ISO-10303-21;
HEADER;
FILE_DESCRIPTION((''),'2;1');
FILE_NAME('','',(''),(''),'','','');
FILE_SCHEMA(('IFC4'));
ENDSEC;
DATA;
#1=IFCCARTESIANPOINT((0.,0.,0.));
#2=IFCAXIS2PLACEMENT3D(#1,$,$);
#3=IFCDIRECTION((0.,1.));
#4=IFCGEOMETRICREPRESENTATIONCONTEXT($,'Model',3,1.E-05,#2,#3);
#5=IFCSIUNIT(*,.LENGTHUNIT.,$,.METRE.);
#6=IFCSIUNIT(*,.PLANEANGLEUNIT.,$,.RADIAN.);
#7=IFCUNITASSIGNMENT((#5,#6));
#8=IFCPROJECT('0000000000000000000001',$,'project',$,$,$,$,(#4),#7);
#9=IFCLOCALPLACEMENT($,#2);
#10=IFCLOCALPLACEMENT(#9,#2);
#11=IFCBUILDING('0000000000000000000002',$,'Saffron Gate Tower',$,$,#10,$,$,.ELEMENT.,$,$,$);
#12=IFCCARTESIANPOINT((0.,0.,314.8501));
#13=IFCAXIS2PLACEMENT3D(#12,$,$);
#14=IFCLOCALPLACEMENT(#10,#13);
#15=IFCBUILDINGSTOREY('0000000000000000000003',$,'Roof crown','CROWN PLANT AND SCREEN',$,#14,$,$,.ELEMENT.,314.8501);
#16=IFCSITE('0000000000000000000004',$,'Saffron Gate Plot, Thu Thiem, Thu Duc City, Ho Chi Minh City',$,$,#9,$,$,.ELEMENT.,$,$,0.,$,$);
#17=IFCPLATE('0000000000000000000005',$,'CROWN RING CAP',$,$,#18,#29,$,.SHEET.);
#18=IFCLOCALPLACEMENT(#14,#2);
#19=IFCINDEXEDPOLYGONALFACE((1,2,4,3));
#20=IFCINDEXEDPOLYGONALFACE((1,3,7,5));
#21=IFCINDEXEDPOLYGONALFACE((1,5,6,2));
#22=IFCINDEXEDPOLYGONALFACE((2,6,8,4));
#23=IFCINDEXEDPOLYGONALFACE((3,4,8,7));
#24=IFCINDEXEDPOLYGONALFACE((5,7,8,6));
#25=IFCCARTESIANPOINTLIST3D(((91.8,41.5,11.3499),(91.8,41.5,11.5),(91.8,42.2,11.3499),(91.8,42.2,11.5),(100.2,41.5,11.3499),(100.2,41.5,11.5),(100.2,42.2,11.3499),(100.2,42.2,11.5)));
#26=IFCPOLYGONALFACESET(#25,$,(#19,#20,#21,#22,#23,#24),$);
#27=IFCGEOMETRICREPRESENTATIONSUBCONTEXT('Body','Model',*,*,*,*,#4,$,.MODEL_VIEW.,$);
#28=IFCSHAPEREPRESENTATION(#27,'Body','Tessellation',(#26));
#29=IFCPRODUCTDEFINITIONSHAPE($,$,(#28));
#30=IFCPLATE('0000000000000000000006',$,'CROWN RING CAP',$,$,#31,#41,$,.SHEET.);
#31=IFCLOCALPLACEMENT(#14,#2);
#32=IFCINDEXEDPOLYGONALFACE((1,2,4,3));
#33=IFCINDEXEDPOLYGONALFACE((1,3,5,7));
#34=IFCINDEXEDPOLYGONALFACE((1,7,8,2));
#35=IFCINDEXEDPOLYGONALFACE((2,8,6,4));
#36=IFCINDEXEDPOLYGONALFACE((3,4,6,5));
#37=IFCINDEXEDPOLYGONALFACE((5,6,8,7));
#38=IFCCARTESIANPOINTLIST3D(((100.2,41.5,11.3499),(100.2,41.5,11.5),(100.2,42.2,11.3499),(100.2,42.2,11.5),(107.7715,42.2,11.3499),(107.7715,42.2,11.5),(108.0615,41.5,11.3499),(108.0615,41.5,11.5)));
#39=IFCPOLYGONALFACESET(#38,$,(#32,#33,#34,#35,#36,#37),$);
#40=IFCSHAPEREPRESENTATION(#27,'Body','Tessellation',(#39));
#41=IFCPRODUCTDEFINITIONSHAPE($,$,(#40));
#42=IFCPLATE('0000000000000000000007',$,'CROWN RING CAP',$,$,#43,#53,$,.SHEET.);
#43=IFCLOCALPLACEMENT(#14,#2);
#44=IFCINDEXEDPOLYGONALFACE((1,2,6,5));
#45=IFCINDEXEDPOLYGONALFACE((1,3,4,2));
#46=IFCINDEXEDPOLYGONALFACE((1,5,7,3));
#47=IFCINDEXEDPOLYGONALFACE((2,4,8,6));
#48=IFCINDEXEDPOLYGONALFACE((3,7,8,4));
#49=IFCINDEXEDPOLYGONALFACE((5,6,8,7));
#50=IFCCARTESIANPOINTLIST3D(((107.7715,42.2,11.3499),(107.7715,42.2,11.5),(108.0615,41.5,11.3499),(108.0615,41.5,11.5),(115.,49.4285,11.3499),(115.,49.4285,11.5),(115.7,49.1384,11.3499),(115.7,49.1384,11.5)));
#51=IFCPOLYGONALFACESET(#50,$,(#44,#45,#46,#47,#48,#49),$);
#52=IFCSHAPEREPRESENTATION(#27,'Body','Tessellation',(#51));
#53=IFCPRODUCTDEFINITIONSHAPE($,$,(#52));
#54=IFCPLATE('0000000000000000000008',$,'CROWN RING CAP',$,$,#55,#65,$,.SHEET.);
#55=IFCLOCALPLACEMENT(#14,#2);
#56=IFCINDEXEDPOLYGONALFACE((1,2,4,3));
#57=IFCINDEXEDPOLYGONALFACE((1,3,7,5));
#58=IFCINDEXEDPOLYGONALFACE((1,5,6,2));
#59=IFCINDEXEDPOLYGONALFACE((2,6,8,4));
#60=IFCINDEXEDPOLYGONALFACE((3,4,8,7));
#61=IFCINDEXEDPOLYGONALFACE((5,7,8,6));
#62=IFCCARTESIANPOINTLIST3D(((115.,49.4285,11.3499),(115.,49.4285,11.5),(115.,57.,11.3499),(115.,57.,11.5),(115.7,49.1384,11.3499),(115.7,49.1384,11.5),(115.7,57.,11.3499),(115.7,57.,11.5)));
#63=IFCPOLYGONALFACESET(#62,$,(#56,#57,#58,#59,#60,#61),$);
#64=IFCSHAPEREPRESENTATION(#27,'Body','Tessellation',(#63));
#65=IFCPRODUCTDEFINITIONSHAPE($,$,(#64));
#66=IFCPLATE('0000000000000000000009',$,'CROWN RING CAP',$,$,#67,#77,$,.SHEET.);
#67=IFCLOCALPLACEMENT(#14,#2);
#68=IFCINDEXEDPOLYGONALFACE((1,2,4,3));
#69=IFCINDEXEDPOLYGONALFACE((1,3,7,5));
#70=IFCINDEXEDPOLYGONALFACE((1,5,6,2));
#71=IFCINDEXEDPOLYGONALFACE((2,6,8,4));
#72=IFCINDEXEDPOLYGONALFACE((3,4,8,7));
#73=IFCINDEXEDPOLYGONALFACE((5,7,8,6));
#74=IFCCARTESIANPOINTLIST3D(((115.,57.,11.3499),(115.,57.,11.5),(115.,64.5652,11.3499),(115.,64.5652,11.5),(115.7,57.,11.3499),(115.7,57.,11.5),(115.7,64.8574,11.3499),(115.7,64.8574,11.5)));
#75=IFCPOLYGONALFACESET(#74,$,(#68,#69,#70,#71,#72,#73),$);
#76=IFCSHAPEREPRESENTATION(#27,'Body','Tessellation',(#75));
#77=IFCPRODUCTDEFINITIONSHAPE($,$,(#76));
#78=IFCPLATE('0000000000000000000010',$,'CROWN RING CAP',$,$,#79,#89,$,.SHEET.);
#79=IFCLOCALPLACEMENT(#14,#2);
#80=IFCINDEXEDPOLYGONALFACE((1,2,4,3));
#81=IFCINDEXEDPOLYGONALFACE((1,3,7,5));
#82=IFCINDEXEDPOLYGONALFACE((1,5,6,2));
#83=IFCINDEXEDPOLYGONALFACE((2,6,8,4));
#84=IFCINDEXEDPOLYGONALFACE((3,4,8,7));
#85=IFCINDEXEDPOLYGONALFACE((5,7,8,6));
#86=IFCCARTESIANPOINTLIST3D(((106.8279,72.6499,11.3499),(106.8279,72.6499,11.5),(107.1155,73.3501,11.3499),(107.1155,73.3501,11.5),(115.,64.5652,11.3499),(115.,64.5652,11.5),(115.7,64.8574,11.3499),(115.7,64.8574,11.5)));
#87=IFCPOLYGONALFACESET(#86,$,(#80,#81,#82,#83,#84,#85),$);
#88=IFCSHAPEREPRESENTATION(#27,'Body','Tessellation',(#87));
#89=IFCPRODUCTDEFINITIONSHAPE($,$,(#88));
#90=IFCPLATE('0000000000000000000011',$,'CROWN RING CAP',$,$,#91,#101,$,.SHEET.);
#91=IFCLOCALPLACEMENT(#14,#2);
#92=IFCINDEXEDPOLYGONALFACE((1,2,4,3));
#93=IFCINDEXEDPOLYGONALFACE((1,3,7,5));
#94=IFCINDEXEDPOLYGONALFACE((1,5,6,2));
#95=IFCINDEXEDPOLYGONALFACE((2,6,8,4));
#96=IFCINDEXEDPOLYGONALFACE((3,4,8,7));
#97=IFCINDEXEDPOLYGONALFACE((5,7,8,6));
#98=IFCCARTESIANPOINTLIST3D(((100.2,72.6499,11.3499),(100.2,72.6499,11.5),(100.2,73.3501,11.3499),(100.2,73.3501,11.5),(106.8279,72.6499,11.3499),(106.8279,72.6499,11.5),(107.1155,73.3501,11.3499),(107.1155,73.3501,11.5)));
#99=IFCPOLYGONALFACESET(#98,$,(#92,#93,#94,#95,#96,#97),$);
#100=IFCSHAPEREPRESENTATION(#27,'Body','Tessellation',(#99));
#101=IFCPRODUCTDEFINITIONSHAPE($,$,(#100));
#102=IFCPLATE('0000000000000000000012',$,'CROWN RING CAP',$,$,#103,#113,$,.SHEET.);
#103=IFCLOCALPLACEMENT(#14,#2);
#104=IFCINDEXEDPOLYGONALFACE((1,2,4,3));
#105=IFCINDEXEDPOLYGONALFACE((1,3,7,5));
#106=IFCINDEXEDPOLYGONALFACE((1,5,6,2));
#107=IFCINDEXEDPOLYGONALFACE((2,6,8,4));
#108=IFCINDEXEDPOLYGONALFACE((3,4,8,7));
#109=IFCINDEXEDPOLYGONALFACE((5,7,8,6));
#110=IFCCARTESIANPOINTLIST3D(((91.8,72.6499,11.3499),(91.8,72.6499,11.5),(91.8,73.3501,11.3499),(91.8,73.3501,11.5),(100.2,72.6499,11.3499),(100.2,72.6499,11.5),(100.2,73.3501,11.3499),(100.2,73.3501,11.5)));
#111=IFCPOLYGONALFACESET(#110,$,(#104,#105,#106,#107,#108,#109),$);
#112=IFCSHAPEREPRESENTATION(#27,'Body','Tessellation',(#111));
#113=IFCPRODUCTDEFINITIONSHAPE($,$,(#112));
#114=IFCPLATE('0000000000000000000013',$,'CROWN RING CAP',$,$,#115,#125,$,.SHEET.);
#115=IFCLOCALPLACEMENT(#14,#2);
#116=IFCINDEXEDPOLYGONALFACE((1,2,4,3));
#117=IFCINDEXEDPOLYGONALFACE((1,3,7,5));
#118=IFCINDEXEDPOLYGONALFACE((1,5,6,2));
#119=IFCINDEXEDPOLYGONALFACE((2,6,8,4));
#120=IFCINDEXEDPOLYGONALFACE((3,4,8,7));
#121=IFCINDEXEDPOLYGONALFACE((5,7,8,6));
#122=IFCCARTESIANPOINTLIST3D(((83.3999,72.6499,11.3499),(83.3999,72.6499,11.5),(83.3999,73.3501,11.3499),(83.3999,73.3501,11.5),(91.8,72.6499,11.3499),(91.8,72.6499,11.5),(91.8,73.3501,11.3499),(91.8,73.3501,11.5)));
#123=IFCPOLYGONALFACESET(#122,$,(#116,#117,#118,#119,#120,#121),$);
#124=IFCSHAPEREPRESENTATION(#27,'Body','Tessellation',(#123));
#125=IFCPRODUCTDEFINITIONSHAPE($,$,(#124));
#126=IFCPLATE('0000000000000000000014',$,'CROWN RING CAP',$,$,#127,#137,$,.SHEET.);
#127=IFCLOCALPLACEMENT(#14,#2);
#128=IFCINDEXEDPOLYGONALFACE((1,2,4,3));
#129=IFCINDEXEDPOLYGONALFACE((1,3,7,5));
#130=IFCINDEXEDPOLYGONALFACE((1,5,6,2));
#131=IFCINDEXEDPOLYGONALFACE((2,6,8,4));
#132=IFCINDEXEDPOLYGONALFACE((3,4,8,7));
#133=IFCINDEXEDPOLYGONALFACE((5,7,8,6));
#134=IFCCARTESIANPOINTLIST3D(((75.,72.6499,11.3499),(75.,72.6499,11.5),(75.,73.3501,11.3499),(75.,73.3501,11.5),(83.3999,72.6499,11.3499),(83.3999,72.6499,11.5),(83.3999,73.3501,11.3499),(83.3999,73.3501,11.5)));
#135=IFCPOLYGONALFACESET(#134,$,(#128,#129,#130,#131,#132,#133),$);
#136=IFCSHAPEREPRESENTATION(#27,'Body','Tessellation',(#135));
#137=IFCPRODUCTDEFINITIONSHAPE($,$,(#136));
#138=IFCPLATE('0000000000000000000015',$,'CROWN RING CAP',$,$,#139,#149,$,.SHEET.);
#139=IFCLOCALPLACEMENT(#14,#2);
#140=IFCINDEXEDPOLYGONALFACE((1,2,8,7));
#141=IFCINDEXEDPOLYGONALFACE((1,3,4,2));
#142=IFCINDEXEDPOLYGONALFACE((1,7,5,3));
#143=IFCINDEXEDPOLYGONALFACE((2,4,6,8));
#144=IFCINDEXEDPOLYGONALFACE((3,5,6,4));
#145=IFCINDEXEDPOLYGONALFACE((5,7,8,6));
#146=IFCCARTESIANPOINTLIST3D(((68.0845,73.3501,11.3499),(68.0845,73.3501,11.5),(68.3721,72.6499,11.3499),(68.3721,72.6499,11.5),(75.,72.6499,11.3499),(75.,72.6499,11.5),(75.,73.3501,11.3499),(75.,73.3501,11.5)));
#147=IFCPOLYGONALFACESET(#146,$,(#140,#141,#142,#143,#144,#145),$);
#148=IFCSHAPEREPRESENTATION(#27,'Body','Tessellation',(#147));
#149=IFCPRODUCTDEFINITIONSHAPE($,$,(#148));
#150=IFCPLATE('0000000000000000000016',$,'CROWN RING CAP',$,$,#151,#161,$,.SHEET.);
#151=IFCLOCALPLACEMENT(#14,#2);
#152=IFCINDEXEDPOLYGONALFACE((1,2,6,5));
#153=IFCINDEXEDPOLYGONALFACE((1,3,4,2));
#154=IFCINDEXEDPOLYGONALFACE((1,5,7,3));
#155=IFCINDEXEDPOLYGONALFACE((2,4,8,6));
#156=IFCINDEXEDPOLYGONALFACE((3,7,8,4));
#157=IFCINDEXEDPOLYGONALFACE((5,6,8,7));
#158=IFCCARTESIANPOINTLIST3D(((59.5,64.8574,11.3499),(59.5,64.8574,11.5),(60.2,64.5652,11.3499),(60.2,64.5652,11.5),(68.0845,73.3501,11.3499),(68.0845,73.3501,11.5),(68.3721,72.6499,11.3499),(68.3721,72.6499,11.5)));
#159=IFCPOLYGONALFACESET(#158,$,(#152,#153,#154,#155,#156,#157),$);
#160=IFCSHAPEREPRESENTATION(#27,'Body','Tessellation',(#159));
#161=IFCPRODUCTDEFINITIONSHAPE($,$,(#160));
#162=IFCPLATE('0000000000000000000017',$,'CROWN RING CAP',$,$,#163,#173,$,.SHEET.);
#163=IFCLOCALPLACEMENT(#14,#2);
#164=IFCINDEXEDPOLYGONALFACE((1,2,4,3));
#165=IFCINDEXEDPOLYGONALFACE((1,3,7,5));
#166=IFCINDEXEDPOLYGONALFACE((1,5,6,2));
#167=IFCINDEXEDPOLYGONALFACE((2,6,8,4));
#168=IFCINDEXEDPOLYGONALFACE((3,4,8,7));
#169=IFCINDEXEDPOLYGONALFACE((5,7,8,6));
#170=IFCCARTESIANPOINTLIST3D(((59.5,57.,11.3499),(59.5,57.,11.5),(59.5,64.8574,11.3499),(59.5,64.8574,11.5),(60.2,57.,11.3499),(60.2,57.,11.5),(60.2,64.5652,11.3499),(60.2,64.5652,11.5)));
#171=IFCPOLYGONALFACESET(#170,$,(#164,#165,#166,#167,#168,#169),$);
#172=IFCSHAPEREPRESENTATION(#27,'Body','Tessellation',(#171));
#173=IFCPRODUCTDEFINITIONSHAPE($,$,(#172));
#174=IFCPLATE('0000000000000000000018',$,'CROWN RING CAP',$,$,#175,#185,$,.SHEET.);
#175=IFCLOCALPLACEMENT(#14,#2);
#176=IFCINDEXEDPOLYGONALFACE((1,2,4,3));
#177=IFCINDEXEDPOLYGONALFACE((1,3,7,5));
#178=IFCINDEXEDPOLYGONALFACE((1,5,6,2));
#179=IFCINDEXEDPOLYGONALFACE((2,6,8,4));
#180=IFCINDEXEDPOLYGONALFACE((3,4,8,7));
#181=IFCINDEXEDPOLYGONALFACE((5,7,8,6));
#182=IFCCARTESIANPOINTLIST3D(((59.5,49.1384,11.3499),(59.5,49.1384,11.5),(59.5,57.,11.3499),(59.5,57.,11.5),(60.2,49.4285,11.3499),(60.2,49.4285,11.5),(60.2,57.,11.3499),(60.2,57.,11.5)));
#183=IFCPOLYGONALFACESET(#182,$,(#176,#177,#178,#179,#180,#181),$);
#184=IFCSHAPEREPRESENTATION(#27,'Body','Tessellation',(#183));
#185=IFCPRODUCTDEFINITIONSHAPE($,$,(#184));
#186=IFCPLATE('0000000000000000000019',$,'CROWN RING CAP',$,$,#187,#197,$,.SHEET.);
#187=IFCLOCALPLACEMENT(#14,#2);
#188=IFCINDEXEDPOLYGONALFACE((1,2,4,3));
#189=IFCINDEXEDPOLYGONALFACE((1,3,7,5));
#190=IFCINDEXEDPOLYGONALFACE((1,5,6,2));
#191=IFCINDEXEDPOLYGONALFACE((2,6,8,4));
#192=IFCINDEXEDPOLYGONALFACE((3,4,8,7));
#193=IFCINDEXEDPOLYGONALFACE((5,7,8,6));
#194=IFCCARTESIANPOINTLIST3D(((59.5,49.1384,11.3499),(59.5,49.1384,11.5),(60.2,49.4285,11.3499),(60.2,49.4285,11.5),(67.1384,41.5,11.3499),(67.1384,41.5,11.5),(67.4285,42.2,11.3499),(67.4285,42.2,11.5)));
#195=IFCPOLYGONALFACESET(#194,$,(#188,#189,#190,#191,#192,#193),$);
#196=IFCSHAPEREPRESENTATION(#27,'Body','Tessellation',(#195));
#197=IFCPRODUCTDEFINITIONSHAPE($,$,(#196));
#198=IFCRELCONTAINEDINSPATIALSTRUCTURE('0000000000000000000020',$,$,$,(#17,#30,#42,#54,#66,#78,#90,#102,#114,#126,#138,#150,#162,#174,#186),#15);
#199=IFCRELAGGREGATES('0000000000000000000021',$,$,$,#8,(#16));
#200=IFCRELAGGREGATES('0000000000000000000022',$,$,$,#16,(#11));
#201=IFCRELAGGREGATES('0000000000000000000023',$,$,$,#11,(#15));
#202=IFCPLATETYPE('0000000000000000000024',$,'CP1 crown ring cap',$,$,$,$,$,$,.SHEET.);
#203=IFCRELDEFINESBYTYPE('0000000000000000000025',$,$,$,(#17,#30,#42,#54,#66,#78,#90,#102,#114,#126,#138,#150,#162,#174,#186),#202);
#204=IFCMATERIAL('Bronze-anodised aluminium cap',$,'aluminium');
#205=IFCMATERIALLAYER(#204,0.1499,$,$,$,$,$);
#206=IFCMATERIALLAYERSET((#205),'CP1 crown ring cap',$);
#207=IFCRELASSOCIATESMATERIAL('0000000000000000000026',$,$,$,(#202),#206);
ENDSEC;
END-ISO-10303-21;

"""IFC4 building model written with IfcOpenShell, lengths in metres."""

from ifc_helpers import new_model, si_unit, direction, frame, origin, place, context, subcontext, project, spatial, polyline, outline, extrude, material, layer, layer_set, type_object, element, save


model = new_model("IFC4")

# Units and contexts
model_context = context("Model", 3, precision=1e-05, world=origin(), true_north=direction((0.0, 1.0)))
body_context = subcontext(model_context, "Body", "Model", "MODEL_VIEW")
ifc_project = project(units=[si_unit("LENGTHUNIT", "METRE"), si_unit("PLANEANGLEUNIT", "RADIAN")], contexts=[model_context])

# Site, building, storey
site_placement = place(None, origin())
site = spatial("IfcSite", under=ifc_project, at=site_placement, Name="Saffron Gate Plot, Thu Thiem, Thu Duc City, Ho Chi Minh City", CompositionType="ELEMENT", RefElevation=0.0)
building_placement = place(site_placement, origin())
building = spatial("IfcBuilding", under=site, at=building_placement, Name="Saffron Gate Tower", CompositionType="ELEMENT")
storey_placement = place(building_placement, frame((0.0, 0.0, 314.8501)))
storey = spatial("IfcBuildingStorey", under=building, at=storey_placement, Name="Roof crown", Description="CROWN PLANT AND SCREEN", CompositionType="ELEMENT", Elevation=314.8501)

# Plates
ifc_material_1 = material(Name="Bronze-anodised aluminium cap", Category="aluminium")
ifc_layer_1 = layer(ifc_material_1, 0.1499)
ifc_layer_set_1 = layer_set([ifc_layer_1], Name="CP1 crown ring cap")
plate_type_1 = type_object("IfcPlateType", Name="CP1 crown ring cap", PredefinedType="SHEET", material=ifc_layer_set_1)
plate_1_placement = place(storey_placement, frame((0.0, 0.0, 11.3499)))
element("IfcPlate", 1, at=plate_1_placement, inside=storey, type_object=plate_type_1, Name="CROWN RING CAP", PredefinedType="SHEET", context=body_context, shape_type="SweptSolid", body=[
    extrude(outline(polyline([(91.8, 42.2), (100.2, 42.2), (100.2, 41.5), (91.8, 41.5), (91.8, 42.2)])), origin(), (0.0, 0.0, 1.0), 0.1501),
])
plate_2_placement = place(storey_placement, frame((0.0, 0.0, 11.3499)))
element("IfcPlate", 2, at=plate_2_placement, inside=storey, type_object=plate_type_1, Name="CROWN RING CAP", PredefinedType="SHEET", context=body_context, shape_type="SweptSolid", body=[
    extrude(outline(polyline([(100.2, 42.2), (107.7715, 42.2), (108.0615, 41.5), (100.2, 41.5), (100.2, 42.2)])), origin(), (0.0, 0.0, 1.0), 0.1501),
])
plate_3_placement = place(storey_placement, frame((0.0, 0.0, 11.3499)))
element("IfcPlate", 3, at=plate_3_placement, inside=storey, type_object=plate_type_1, Name="CROWN RING CAP", PredefinedType="SHEET", context=body_context, shape_type="SweptSolid", body=[
    extrude(outline(polyline([(107.7715, 42.2), (115.0, 49.4285), (115.7, 49.1384), (108.0615, 41.5), (107.7715, 42.2)])), origin(), (0.0, 0.0, 1.0), 0.1501),
])
plate_4_placement = place(storey_placement, frame((0.0, 0.0, 11.3499)))
element("IfcPlate", 4, at=plate_4_placement, inside=storey, type_object=plate_type_1, Name="CROWN RING CAP", PredefinedType="SHEET", context=body_context, shape_type="SweptSolid", body=[
    extrude(outline(polyline([(115.0, 49.4285), (115.0, 57.0), (115.7, 57.0), (115.7, 49.1384), (115.0, 49.4285)])), origin(), (0.0, 0.0, 1.0), 0.1501),
])
plate_5_placement = place(storey_placement, frame((0.0, 0.0, 11.3499)))
element("IfcPlate", 5, at=plate_5_placement, inside=storey, type_object=plate_type_1, Name="CROWN RING CAP", PredefinedType="SHEET", context=body_context, shape_type="SweptSolid", body=[
    extrude(outline(polyline([(115.0, 57.0), (115.0, 64.5652), (115.7, 64.8574), (115.7, 57.0), (115.0, 57.0)])), origin(), (0.0, 0.0, 1.0), 0.1501),
])
plate_6_placement = place(storey_placement, frame((0.0, 0.0, 11.3499)))
element("IfcPlate", 6, at=plate_6_placement, inside=storey, type_object=plate_type_1, Name="CROWN RING CAP", PredefinedType="SHEET", context=body_context, shape_type="SweptSolid", body=[
    extrude(outline(polyline([(115.0, 64.5652), (106.8279, 72.6499), (107.1155, 73.3501), (115.7, 64.8574), (115.0, 64.5652)])), origin(), (0.0, 0.0, 1.0), 0.1501),
])
plate_7_placement = place(storey_placement, frame((0.0, 0.0, 11.3499)))
element("IfcPlate", 7, at=plate_7_placement, inside=storey, type_object=plate_type_1, Name="CROWN RING CAP", PredefinedType="SHEET", context=body_context, shape_type="SweptSolid", body=[
    extrude(outline(polyline([(106.8279, 72.6499), (100.2, 72.6499), (100.2, 73.3501), (107.1155, 73.3501), (106.8279, 72.6499)])), origin(), (0.0, 0.0, 1.0), 0.1501),
])
plate_8_placement = place(storey_placement, frame((0.0, 0.0, 11.3499)))
element("IfcPlate", 8, at=plate_8_placement, inside=storey, type_object=plate_type_1, Name="CROWN RING CAP", PredefinedType="SHEET", context=body_context, shape_type="SweptSolid", body=[
    extrude(outline(polyline([(100.2, 72.6499), (91.8, 72.6499), (91.8, 73.3501), (100.2, 73.3501), (100.2, 72.6499)])), origin(), (0.0, 0.0, 1.0), 0.1501),
])
plate_9_placement = place(storey_placement, frame((0.0, 0.0, 11.3499)))
element("IfcPlate", 9, at=plate_9_placement, inside=storey, type_object=plate_type_1, Name="CROWN RING CAP", PredefinedType="SHEET", context=body_context, shape_type="SweptSolid", body=[
    extrude(outline(polyline([(91.8, 72.6499), (83.3999, 72.6499), (83.3999, 73.3501), (91.8, 73.3501), (91.8, 72.6499)])), origin(), (0.0, 0.0, 1.0), 0.1501),
])
plate_10_placement = place(storey_placement, frame((0.0, 0.0, 11.3499)))
element("IfcPlate", 10, at=plate_10_placement, inside=storey, type_object=plate_type_1, Name="CROWN RING CAP", PredefinedType="SHEET", context=body_context, shape_type="SweptSolid", body=[
    extrude(outline(polyline([(83.3999, 72.6499), (75.0, 72.6499), (75.0, 73.3501), (83.3999, 73.3501), (83.3999, 72.6499)])), origin(), (0.0, 0.0, 1.0), 0.1501),
])
plate_11_placement = place(storey_placement, frame((0.0, 0.0, 11.3499)))
element("IfcPlate", 11, at=plate_11_placement, inside=storey, type_object=plate_type_1, Name="CROWN RING CAP", PredefinedType="SHEET", context=body_context, shape_type="SweptSolid", body=[
    extrude(outline(polyline([(75.0, 72.6499), (68.3721, 72.6499), (68.0845, 73.3501), (75.0, 73.3501), (75.0, 72.6499)])), origin(), (0.0, 0.0, 1.0), 0.1501),
])
plate_12_placement = place(storey_placement, frame((0.0, 0.0, 11.3499)))
element("IfcPlate", 12, at=plate_12_placement, inside=storey, type_object=plate_type_1, Name="CROWN RING CAP", PredefinedType="SHEET", context=body_context, shape_type="SweptSolid", body=[
    extrude(outline(polyline([(68.3721, 72.6499), (60.2, 64.5652), (59.5, 64.8574), (68.0845, 73.3501), (68.3721, 72.6499)])), origin(), (0.0, 0.0, 1.0), 0.1501),
])
plate_13_placement = place(storey_placement, frame((0.0, 0.0, 11.3499)))
element("IfcPlate", 13, at=plate_13_placement, inside=storey, type_object=plate_type_1, Name="CROWN RING CAP", PredefinedType="SHEET", context=body_context, shape_type="SweptSolid", body=[
    extrude(outline(polyline([(60.2, 64.5652), (60.2, 57.0), (59.5, 57.0), (59.5, 64.8574), (60.2, 64.5652)])), origin(), (0.0, 0.0, 1.0), 0.1501),
])
plate_14_placement = place(storey_placement, frame((0.0, 0.0, 11.3499)))
element("IfcPlate", 14, at=plate_14_placement, inside=storey, type_object=plate_type_1, Name="CROWN RING CAP", PredefinedType="SHEET", context=body_context, shape_type="SweptSolid", body=[
    extrude(outline(polyline([(60.2, 57.0), (60.2, 49.4285), (59.5, 49.1384), (59.5, 57.0), (60.2, 57.0)])), origin(), (0.0, 0.0, 1.0), 0.1501),
])
plate_15_placement = place(storey_placement, frame((0.0, 0.0, 11.3499)))
element("IfcPlate", 15, at=plate_15_placement, inside=storey, type_object=plate_type_1, Name="CROWN RING CAP", PredefinedType="SHEET", context=body_context, shape_type="SweptSolid", body=[
    extrude(outline(polyline([(60.2, 49.4285), (67.4285, 42.2), (67.1384, 41.5), (59.5, 49.1384), (60.2, 49.4285)])), origin(), (0.0, 0.0, 1.0), 0.1501),
])

save(model, "model.ifc")
